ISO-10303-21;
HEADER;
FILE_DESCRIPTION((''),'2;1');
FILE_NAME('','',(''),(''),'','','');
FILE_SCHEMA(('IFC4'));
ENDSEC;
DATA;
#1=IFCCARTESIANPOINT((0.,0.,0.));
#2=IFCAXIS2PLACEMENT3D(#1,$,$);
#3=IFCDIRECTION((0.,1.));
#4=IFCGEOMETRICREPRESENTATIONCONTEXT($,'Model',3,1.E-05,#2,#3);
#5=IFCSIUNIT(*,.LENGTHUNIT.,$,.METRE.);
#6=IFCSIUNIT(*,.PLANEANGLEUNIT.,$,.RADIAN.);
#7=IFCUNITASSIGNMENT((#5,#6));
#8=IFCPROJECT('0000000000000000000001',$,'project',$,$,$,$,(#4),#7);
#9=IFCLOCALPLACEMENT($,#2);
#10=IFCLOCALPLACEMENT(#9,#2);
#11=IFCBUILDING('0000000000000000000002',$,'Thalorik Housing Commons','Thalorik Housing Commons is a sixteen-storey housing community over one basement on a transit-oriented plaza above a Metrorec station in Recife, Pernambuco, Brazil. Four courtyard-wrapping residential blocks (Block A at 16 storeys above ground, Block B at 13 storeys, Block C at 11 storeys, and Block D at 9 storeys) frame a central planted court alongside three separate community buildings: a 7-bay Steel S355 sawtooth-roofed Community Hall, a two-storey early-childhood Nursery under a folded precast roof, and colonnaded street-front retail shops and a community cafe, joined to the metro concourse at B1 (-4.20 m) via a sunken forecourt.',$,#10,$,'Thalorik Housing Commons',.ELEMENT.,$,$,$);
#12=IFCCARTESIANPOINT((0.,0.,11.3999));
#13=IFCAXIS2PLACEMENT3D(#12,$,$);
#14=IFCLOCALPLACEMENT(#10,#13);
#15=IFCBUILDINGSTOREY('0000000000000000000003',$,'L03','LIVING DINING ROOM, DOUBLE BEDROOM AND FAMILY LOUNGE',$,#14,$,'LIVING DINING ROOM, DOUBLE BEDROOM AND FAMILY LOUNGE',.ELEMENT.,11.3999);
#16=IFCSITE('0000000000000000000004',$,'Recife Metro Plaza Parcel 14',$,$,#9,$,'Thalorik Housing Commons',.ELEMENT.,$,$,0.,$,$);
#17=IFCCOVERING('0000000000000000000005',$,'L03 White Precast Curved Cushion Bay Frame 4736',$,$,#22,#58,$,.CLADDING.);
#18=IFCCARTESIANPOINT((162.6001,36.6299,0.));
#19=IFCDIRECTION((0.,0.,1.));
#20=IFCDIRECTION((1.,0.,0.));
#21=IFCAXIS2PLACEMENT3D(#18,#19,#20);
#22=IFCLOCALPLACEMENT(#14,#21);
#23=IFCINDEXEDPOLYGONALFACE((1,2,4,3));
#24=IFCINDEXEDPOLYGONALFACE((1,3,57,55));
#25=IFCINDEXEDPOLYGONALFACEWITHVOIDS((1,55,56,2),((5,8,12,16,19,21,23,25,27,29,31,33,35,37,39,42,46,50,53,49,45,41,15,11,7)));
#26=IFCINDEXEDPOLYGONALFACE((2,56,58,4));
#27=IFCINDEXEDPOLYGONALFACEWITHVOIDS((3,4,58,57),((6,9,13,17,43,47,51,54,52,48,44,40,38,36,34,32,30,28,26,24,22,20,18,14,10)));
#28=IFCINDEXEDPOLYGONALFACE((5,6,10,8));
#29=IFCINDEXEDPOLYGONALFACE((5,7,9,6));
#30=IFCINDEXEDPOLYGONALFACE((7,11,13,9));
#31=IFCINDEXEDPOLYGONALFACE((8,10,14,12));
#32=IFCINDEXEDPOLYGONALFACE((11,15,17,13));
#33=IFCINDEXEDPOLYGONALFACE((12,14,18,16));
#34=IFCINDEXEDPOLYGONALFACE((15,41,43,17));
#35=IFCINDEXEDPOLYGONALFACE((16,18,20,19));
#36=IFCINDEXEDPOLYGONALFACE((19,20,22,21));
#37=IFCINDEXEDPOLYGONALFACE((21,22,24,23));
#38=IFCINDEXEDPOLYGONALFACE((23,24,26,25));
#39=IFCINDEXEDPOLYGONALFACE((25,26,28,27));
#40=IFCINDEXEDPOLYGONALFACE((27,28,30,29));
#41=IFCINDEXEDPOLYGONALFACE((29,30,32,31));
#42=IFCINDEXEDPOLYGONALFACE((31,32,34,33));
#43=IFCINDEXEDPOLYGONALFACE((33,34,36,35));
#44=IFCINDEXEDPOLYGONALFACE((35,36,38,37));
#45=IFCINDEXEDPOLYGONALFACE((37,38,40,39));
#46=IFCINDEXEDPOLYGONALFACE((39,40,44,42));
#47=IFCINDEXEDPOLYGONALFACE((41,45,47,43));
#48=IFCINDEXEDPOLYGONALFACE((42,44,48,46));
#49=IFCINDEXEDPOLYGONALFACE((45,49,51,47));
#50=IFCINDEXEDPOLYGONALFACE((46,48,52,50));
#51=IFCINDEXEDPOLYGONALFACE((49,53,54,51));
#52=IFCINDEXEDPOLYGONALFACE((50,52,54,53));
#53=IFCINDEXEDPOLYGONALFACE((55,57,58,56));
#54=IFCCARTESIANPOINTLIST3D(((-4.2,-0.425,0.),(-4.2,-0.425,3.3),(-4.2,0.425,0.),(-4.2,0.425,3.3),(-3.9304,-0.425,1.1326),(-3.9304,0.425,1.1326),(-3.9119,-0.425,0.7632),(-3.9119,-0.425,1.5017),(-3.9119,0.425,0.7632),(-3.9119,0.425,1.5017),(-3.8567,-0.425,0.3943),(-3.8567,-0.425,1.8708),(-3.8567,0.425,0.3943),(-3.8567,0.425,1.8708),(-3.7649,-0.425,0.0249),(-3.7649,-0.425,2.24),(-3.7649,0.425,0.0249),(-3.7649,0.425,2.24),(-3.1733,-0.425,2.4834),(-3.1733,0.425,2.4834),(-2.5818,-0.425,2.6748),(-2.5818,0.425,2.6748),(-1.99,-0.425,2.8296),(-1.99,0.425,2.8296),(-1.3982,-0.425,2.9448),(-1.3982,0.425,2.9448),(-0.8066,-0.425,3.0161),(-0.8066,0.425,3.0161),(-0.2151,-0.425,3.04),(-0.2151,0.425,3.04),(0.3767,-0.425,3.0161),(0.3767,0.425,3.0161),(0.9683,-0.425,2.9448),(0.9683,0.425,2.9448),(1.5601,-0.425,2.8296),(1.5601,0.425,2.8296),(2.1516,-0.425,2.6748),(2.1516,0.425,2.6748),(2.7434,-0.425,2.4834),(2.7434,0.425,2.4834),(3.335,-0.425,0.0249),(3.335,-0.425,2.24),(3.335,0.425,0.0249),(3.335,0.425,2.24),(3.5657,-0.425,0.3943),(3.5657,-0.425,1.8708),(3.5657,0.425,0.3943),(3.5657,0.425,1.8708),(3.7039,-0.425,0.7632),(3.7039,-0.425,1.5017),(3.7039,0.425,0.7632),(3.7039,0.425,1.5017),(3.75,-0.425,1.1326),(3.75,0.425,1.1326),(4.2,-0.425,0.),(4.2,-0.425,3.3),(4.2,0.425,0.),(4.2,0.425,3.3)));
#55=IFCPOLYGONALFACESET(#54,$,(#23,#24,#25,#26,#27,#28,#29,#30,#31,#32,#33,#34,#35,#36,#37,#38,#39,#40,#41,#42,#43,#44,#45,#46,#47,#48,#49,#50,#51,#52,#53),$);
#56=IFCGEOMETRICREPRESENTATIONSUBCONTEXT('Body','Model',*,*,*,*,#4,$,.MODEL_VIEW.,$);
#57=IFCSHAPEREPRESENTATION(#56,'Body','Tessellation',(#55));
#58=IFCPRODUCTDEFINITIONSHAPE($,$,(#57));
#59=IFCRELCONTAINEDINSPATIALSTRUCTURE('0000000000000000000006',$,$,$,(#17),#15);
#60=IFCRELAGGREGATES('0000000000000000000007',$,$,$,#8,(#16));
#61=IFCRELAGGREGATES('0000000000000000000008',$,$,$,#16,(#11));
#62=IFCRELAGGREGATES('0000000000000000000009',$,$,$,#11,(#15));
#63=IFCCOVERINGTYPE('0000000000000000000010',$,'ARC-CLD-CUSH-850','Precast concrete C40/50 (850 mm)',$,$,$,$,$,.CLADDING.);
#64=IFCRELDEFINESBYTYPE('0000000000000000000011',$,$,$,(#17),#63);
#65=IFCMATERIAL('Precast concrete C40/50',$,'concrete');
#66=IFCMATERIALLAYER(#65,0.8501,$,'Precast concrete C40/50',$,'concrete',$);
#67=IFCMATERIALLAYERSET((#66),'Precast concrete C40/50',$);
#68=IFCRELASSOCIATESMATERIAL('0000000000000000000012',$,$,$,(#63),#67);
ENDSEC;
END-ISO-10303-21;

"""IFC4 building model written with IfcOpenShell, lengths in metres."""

from ifc_helpers import new_model, si_unit, direction, frame, origin, place, context, subcontext, project, spatial, polyline, outline, extrude, material, layer, layer_set, type_object, element, save


model = new_model("IFC4")

# Units and contexts
model_context = context("Model", 3, precision=1e-05, world=origin(), true_north=direction((0.0, 1.0)))
body_context = subcontext(model_context, "Body", "Model", "MODEL_VIEW")
ifc_project = project(units=[si_unit("LENGTHUNIT", "METRE"), si_unit("PLANEANGLEUNIT", "RADIAN")], contexts=[model_context])

# Site, building, storey
site_placement = place(None, origin())
site = spatial("IfcSite", under=ifc_project, at=site_placement, Name="Recife Metro Plaza Parcel 14", LongName="Thalorik Housing Commons", CompositionType="ELEMENT", RefElevation=0.0)
building_placement = place(site_placement, origin())
building = spatial("IfcBuilding", under=site, at=building_placement, Name="Thalorik Housing Commons", Description="Thalorik Housing Commons is a sixteen-storey housing community over one basement on a transit-oriented plaza above a Metrorec station in Recife, Pernambuco, Brazil. Four courtyard-wrapping residential blocks (Block A at 16 storeys above ground, Block B at 13 storeys, Block C at 11 storeys, and Block D at 9 storeys) frame a central planted court alongside three separate community buildings: a 7-bay Steel S355 sawtooth-roofed Community Hall, a two-storey early-childhood Nursery under a folded precast roof, and colonnaded street-front retail shops and a community cafe, joined to the metro concourse at B1 (-4.20 m) via a sunken forecourt.", LongName="Thalorik Housing Commons", CompositionType="ELEMENT")
storey_placement = place(building_placement, frame((0.0, 0.0, 11.3999)))
storey = spatial("IfcBuildingStorey", under=building, at=storey_placement, Name="L03", Description="LIVING DINING ROOM, DOUBLE BEDROOM AND FAMILY LOUNGE", LongName="LIVING DINING ROOM, DOUBLE BEDROOM AND FAMILY LOUNGE", CompositionType="ELEMENT", Elevation=11.3999)

# Shared definitions
ifc_material_1 = material(Name="Precast concrete C40/50", Category="concrete")

# Covering
ifc_layer_1 = layer(ifc_material_1, 0.8501, Name="Precast concrete C40/50", Category="concrete")
ifc_layer_set_1 = layer_set([ifc_layer_1], Name="Precast concrete C40/50")
covering_type_1 = type_object("IfcCoveringType", Name="ARC-CLD-CUSH-850", Description="Precast concrete C40/50 (850 mm)", PredefinedType="CLADDING", material=ifc_layer_set_1)
covering_1_placement = place(storey_placement, frame((162.6001, 36.6299, 0.0), z_axis=(0.0, 0.0, 1.0), x_axis=(1.0, 0.0, 0.0)))
element("IfcCovering", 1, at=covering_1_placement, inside=storey, type_object=covering_type_1, Name="L03 White Precast Curved Cushion Bay Frame 4736", PredefinedType="CLADDING", context=body_context, shape_type="SweptSolid", body=[
    extrude(outline(polyline([(-4.2, 0.0), (4.2, 0.0), (4.2, 3.3), (-4.2, 3.3), (-4.2, 0.0)]), holes=[polyline([(3.335, 0.0249), (3.5657, 0.3943), (3.7039, 0.7632), (3.75, 1.1326), (3.7039, 1.5017), (3.5657, 1.8708), (3.335, 2.24), (2.7434, 2.4834), (2.1516, 2.6748), (1.5601, 2.8296), (0.9683, 2.9448), (0.3767, 3.0161), (-0.2151, 3.04), (-0.8066, 3.0161), (-1.3982, 2.9448), (-1.99, 2.8296), (-2.5818, 2.6748), (-3.1733, 2.4834), (-3.7649, 2.24), (-3.8567, 1.8708), (-3.9119, 1.5017), (-3.9304, 1.1326), (-3.9119, 0.7632), (-3.8567, 0.3943), (-3.7649, 0.0249), (3.335, 0.0249)])]), frame((0.0, 0.425, 0.0), z_axis=(0.0, -1.0, 0.0), x_axis=(1.0, 0.0, 0.0)), (0.0, 0.0, 1.0), 0.8501),
])

save(model, "model.ifc")
